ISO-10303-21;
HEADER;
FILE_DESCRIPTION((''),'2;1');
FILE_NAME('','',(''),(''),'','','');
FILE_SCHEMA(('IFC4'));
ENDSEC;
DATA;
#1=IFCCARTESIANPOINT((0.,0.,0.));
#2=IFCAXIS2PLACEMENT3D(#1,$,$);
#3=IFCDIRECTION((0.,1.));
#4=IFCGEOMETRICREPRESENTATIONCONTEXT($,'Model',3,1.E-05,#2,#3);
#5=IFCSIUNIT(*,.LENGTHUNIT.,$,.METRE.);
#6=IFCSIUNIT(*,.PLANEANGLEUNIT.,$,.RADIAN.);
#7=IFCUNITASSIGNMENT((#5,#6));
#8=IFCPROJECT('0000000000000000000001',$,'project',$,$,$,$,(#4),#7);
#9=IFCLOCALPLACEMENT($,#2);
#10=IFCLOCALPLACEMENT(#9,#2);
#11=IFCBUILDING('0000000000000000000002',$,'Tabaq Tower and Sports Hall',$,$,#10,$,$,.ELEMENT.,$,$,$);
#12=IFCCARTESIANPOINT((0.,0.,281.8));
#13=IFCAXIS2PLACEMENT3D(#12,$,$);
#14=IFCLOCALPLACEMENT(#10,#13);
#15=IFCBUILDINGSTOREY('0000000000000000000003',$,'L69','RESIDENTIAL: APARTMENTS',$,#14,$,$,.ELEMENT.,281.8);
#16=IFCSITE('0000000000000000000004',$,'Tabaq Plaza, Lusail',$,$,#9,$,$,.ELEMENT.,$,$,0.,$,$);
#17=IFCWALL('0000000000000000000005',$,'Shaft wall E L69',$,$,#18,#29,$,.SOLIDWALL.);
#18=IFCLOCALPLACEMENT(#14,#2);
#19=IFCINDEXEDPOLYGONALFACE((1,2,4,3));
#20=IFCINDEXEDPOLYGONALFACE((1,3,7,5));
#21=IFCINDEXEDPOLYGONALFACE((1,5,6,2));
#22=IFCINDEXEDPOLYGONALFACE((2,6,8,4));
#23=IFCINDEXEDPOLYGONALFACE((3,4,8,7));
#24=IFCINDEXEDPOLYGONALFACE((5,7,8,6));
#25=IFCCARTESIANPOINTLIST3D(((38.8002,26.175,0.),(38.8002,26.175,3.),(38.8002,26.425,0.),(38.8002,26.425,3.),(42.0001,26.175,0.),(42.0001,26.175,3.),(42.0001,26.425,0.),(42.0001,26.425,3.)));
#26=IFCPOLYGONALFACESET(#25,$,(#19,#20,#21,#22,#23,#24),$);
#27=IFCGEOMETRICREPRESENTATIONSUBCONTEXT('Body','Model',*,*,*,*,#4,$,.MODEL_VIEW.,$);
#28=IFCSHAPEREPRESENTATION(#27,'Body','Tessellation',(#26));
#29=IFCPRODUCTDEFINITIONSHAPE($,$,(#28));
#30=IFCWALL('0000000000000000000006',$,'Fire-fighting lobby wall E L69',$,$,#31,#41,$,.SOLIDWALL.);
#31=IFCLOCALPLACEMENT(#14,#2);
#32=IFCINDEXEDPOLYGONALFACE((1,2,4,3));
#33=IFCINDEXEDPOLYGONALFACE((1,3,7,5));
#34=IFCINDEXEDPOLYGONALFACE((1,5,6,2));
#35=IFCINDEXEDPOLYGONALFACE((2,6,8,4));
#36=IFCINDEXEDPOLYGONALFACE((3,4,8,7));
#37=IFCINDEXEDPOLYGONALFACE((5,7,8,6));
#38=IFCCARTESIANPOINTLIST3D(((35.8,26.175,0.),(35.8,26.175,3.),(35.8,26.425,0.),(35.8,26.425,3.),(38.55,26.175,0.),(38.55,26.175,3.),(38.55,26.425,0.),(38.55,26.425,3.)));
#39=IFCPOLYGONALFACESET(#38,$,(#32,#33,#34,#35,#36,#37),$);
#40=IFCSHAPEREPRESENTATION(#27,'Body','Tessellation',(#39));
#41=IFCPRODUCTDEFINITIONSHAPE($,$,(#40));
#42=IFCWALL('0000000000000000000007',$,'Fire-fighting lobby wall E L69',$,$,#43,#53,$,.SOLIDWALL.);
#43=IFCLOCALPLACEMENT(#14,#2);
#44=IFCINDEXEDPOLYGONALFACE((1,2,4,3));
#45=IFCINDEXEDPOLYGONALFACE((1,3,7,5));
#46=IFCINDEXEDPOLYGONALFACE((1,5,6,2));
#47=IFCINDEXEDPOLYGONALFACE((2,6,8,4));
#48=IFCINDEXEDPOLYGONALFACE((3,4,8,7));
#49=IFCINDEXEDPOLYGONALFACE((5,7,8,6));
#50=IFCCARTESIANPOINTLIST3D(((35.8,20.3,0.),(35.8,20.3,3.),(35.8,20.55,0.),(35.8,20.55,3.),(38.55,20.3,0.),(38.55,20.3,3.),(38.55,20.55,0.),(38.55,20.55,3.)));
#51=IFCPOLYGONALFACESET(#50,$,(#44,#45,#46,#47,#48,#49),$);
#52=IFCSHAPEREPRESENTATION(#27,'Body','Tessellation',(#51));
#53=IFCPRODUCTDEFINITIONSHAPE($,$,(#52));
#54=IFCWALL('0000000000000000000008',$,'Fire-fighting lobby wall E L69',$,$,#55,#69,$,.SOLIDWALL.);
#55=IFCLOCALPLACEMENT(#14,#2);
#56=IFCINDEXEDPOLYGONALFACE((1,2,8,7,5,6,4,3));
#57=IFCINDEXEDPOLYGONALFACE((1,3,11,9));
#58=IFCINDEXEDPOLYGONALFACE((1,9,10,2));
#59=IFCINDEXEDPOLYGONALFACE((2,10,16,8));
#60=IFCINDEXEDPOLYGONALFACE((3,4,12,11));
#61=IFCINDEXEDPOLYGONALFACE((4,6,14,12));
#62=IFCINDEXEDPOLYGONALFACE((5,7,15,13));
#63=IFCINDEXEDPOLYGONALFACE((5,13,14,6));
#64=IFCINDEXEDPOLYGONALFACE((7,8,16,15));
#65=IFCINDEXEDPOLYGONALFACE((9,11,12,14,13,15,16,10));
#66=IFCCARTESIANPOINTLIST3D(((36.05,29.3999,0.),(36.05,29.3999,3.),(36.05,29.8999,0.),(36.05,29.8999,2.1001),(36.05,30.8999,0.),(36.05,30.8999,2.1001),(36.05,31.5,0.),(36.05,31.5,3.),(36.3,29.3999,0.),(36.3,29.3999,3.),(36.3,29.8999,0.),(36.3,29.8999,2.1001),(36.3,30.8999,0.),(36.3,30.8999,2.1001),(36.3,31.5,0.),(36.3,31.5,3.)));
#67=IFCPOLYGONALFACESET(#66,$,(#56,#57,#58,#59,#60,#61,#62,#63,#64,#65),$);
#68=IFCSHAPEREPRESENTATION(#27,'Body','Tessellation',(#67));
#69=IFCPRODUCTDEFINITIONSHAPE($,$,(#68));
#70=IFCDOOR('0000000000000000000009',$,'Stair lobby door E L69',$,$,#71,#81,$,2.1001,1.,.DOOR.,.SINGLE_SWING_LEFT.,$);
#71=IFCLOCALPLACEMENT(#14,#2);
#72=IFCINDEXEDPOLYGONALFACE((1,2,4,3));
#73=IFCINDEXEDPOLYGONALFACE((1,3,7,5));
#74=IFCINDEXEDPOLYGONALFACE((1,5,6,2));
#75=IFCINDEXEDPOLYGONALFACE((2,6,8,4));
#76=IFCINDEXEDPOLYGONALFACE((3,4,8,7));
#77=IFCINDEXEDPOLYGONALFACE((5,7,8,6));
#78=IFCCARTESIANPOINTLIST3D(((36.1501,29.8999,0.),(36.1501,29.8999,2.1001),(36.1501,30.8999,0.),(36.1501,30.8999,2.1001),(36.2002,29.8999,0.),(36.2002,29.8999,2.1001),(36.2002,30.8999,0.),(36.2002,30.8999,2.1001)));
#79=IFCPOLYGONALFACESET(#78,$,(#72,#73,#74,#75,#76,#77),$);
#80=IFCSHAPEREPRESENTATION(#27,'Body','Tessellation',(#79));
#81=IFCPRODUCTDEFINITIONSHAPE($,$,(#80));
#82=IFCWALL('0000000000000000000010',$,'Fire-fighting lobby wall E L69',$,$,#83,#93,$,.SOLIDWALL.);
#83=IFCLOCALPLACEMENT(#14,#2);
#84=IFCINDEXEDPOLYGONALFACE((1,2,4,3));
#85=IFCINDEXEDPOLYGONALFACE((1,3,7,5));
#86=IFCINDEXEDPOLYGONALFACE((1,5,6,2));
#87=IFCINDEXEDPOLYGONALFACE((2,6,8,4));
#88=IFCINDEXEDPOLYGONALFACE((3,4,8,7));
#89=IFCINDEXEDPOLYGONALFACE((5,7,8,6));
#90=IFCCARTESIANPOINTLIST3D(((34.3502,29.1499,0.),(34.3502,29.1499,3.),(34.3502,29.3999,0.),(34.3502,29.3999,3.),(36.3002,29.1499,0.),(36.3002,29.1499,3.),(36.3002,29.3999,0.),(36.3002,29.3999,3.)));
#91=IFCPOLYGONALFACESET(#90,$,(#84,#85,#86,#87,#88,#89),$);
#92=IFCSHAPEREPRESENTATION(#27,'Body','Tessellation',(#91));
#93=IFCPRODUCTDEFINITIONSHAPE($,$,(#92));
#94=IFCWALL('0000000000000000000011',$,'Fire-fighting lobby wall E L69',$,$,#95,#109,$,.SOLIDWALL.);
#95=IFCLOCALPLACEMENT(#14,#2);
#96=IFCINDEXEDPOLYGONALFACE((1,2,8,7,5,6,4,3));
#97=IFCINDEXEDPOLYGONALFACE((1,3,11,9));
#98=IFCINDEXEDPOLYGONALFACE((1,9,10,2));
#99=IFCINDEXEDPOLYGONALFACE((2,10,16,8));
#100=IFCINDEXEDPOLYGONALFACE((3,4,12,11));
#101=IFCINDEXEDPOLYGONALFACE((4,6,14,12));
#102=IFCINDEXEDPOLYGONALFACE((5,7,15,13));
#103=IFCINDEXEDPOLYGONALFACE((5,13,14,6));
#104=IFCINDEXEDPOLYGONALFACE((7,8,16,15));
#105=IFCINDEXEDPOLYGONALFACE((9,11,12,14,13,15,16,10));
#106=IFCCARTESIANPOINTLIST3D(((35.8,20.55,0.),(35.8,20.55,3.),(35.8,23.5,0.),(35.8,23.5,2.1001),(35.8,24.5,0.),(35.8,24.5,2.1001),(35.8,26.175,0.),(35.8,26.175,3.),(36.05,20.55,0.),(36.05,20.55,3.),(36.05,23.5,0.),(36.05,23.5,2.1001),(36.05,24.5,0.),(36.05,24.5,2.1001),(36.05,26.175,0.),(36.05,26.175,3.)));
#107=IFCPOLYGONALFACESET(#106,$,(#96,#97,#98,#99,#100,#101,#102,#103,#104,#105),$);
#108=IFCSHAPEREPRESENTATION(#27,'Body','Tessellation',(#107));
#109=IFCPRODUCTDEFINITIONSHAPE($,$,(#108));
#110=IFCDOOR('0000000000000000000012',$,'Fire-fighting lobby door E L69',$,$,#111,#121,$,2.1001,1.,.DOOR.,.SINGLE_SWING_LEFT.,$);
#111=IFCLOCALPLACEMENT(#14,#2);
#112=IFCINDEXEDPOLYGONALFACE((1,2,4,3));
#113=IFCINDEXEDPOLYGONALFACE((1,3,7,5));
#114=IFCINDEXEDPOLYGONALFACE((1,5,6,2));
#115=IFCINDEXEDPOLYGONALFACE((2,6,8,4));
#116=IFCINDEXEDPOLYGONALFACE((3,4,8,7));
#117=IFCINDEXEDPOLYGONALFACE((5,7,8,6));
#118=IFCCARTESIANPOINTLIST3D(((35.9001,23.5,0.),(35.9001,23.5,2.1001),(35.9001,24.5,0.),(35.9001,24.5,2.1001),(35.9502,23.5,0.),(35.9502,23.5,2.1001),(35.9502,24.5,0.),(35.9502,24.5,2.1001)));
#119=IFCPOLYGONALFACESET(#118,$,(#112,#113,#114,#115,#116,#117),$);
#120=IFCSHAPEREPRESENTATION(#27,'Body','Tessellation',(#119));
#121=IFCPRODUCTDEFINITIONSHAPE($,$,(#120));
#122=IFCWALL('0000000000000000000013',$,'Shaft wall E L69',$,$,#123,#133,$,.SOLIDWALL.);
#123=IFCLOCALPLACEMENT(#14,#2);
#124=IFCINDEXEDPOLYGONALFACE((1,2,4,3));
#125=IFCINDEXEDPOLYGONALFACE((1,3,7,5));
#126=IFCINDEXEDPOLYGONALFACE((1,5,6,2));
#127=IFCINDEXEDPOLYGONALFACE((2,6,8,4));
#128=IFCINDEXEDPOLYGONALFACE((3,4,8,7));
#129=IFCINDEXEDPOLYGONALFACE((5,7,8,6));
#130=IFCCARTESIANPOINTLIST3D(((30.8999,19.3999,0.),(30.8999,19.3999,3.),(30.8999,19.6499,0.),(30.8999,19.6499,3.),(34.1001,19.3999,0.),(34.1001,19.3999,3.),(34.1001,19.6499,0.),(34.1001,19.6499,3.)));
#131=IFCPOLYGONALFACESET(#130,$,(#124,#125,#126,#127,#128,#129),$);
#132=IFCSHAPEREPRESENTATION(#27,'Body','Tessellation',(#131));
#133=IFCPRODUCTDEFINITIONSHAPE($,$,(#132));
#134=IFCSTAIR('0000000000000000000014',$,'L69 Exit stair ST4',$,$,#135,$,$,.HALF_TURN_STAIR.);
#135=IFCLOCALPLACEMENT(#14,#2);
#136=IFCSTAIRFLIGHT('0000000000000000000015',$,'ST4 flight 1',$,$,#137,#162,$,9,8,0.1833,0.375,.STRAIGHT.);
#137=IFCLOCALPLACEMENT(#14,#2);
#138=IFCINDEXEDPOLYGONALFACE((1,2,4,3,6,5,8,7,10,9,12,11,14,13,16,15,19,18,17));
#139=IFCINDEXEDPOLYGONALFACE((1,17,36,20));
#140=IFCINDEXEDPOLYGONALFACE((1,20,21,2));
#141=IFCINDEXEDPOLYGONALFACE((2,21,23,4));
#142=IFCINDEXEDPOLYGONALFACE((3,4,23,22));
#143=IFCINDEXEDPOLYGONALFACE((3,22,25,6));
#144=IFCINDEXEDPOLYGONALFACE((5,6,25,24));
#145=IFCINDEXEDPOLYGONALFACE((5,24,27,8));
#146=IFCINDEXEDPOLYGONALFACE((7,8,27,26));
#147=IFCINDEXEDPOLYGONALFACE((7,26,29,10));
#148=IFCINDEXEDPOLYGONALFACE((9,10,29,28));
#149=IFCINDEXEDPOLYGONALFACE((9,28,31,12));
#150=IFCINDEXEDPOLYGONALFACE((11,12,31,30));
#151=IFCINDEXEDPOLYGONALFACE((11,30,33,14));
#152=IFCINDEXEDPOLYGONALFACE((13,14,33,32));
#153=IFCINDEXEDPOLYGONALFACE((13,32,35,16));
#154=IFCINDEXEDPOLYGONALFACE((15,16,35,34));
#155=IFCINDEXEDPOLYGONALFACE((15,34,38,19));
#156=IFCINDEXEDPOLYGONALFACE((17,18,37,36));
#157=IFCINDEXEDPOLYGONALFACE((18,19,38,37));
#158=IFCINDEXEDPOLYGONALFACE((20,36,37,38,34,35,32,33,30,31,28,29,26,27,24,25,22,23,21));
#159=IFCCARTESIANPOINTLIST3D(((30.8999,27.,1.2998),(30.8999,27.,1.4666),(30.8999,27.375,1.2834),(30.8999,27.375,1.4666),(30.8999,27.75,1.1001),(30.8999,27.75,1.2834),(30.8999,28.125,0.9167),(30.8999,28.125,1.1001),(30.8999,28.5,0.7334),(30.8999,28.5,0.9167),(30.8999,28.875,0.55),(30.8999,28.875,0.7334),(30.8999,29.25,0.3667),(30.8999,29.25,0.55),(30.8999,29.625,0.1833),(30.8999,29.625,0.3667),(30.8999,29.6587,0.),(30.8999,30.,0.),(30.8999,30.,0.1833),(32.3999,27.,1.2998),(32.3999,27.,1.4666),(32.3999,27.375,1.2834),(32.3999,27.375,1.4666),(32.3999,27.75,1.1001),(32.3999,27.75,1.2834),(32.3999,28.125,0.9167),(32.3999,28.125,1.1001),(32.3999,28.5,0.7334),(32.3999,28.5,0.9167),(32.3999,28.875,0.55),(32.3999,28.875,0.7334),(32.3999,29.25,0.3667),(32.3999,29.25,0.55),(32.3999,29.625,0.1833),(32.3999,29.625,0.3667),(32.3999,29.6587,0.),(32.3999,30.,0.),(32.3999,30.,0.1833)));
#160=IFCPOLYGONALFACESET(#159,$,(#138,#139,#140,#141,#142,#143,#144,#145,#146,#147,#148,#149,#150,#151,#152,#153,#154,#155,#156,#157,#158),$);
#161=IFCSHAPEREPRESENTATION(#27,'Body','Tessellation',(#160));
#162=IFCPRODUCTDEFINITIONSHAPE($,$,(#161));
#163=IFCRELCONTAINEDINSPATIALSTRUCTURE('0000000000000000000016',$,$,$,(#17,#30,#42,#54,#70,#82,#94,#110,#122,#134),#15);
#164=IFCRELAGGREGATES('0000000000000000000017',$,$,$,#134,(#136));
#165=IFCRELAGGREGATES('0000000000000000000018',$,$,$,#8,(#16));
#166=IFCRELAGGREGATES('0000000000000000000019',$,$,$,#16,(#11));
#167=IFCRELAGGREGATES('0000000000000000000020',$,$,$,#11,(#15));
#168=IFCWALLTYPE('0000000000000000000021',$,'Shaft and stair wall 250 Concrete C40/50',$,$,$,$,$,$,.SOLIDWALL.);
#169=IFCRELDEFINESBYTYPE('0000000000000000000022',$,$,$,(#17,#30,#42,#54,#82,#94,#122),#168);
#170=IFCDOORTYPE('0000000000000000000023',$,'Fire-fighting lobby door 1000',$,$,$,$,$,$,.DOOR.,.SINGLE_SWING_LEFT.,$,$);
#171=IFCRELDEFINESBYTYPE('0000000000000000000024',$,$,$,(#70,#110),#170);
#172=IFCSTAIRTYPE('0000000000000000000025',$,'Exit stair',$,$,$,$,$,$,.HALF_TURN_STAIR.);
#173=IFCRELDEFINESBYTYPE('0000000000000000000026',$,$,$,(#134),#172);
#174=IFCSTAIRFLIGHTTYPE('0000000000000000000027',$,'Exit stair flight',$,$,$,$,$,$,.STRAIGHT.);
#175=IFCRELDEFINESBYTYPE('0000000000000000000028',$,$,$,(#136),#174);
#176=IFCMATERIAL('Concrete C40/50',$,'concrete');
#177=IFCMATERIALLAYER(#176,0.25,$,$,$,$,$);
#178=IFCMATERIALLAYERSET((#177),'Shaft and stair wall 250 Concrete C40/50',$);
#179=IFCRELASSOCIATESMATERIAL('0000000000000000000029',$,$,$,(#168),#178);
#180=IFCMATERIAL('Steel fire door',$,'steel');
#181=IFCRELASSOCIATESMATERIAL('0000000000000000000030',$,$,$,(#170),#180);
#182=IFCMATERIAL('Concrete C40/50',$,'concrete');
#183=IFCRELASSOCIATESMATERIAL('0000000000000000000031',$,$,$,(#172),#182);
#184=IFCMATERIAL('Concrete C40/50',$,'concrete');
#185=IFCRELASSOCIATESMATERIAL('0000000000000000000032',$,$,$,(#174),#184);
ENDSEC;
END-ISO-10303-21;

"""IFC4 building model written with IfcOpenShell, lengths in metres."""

from ifc_helpers import new_model, si_unit, direction, frame, frame_2d, origin, place, context, subcontext, project, spatial, polyline, rectangle, outline, extrude, material, layer, layer_set, type_object, element, fill, aggregate, save


model = new_model("IFC4")

# Units and contexts
model_context = context("Model", 3, precision=1e-05, world=origin(), true_north=direction((0.0, 1.0)))
body_context = subcontext(model_context, "Body", "Model", "MODEL_VIEW")
ifc_project = project(units=[si_unit("LENGTHUNIT", "METRE"), si_unit("PLANEANGLEUNIT", "RADIAN")], contexts=[model_context])

# Site, building, storey
site_placement = place(None, origin())
site = spatial("IfcSite", under=ifc_project, at=site_placement, Name="Tabaq Plaza, Lusail", CompositionType="ELEMENT", RefElevation=0.0)
building_placement = place(site_placement, origin())
building = spatial("IfcBuilding", under=site, at=building_placement, Name="Tabaq Tower and Sports Hall", CompositionType="ELEMENT")
storey_placement = place(building_placement, frame((0.0, 0.0, 281.8)))
storey = spatial("IfcBuildingStorey", under=building, at=storey_placement, Name="L69", Description="RESIDENTIAL: APARTMENTS", CompositionType="ELEMENT", Elevation=281.8)

# Shared definitions
ifc_material_1 = material(Name="Concrete C40/50", Category="concrete")
ifc_layer_1 = layer(ifc_material_1, 0.25)
ifc_layer_set_1 = layer_set([ifc_layer_1], Name="Shaft and stair wall 250 Concrete C40/50")
wall_type_1 = type_object("IfcWallType", Name="Shaft and stair wall 250 Concrete C40/50", PredefinedType="SOLIDWALL", material=ifc_layer_set_1)

# Walls
wall_1_placement = place(storey_placement, frame((38.8, 26.3, 0.0), z_axis=(0.0, 0.0, 1.0), x_axis=(1.0, 0.0, 0.0)))
element("IfcWall", 1, at=wall_1_placement, inside=storey, type_object=wall_type_1, Name="Shaft wall E L69", PredefinedType="SOLIDWALL", context=body_context, shape_type="SweptSolid", body=[
    extrude(rectangle(XDim=3.2, YDim=0.25, at=frame_2d((1.6001, 0.0))), origin(), (0.0, 0.0, 1.0), 3.0),
])
for number, where, z_axis, x_axis, name in (
    (2, (35.8, 26.3, 0.0), (0.0, 0.0, 1.0), (1.0, 0.0, 0.0), "Fire-fighting lobby wall E L69"),
    (3, (35.8, 20.425, 0.0), (0.0, 0.0, 1.0), (1.0, 0.0, 0.0), "Fire-fighting lobby wall E L69"),
):
    element("IfcWall", number, at=place(storey_placement, frame(where, z_axis=z_axis, x_axis=x_axis)), inside=storey, type_object=wall_type_1, Name=name, PredefinedType="SOLIDWALL", context=body_context, shape_type="SweptSolid", body=[
        extrude(rectangle(XDim=2.75, YDim=0.25, at=frame_2d((1.375, 0.0))), origin(), (0.0, 0.0, 1.0), 3.0),
    ])

# Wall, opening, door
wall_2_placement = place(storey_placement, frame((36.175, 29.3999, 0.0), z_axis=(0.0, 0.0, 1.0), x_axis=(0.0, 1.0, 0.0)))
wall_2 = element("IfcWall", 4, at=wall_2_placement, inside=storey, type_object=wall_type_1, Name="Fire-fighting lobby wall E L69", PredefinedType="SOLIDWALL", context=body_context, shape_type="SweptSolid", body=[
    extrude(rectangle(XDim=2.1001, YDim=0.25, at=frame_2d((1.05, 0.0))), origin(), (0.0, 0.0, 1.0), 3.0),
])
opening_1_placement = place(wall_2_placement, frame((0.5, 0.0, 0.0)))
opening_1 = element("IfcOpeningElement", 5, at=opening_1_placement, cuts=wall_2, PredefinedType="OPENING", context=body_context, shape_type="SweptSolid", body=[
    extrude(rectangle(XDim=1.0, YDim=2.1001, at=frame_2d((0.5, 1.05))), frame((0.0, 0.125, 0.0), z_axis=(0.0, -1.0, 0.0), x_axis=(1.0, 0.0, 0.0)), (0.0, 0.0, 1.0), 0.25),
])
ifc_material_2 = material(Name="Steel fire door", Category="steel")
door_type_1 = type_object("IfcDoorType", Name="Fire-fighting lobby door 1000", OperationType="SINGLE_SWING_LEFT", PredefinedType="DOOR", material=ifc_material_2)
door_1_placement = place(opening_1_placement, origin())
door_1 = element("IfcDoor", 6, at=door_1_placement, inside=storey, type_object=door_type_1, Name="Stair lobby door E L69", OperationType="SINGLE_SWING_LEFT", OverallHeight=2.1001, OverallWidth=1.0, PredefinedType="DOOR", context=body_context, shape_type="SweptSolid", body=[
    extrude(rectangle(XDim=1.0, YDim=2.1001, at=frame_2d((0.5, 1.05))), frame((0.0, 0.0249, 0.0), z_axis=(0.0, -1.0, 0.0), x_axis=(1.0, 0.0, 0.0)), (0.0, 0.0, 1.0), 0.05),
])
fill(opening_1, door_1)

# Wall
wall_3_placement = place(storey_placement, frame((34.3501, 29.2749, 0.0), z_axis=(0.0, 0.0, 1.0), x_axis=(1.0, 0.0, 0.0)))
element("IfcWall", 7, at=wall_3_placement, inside=storey, type_object=wall_type_1, Name="Fire-fighting lobby wall E L69", PredefinedType="SOLIDWALL", context=body_context, shape_type="SweptSolid", body=[
    extrude(rectangle(XDim=1.95, YDim=0.25, at=frame_2d((0.9751, 0.0))), origin(), (0.0, 0.0, 1.0), 3.0),
])

# Wall, opening, door
wall_4_placement = place(storey_placement, frame((35.925, 20.55, 0.0), z_axis=(0.0, 0.0, 1.0), x_axis=(0.0, 1.0, 0.0)))
wall_4 = element("IfcWall", 8, at=wall_4_placement, inside=storey, type_object=wall_type_1, Name="Fire-fighting lobby wall E L69", PredefinedType="SOLIDWALL", context=body_context, shape_type="SweptSolid", body=[
    extrude(rectangle(XDim=5.625, YDim=0.25, at=frame_2d((2.8125, 0.0))), origin(), (0.0, 0.0, 1.0), 3.0),
])
opening_2_placement = place(wall_4_placement, frame((2.95, 0.0, 0.0)))
opening_2 = element("IfcOpeningElement", 9, at=opening_2_placement, cuts=wall_4, PredefinedType="OPENING", context=body_context, shape_type="SweptSolid", body=[
    extrude(rectangle(XDim=1.0, YDim=2.1001, at=frame_2d((0.5, 1.05))), frame((0.0, 0.125, 0.0), z_axis=(0.0, -1.0, 0.0), x_axis=(1.0, 0.0, 0.0)), (0.0, 0.0, 1.0), 0.25),
])
door_2_placement = place(opening_2_placement, origin())
door_2 = element("IfcDoor", 10, at=door_2_placement, inside=storey, type_object=door_type_1, Name="Fire-fighting lobby door E L69", OperationType="SINGLE_SWING_LEFT", OverallHeight=2.1001, OverallWidth=1.0, PredefinedType="DOOR", context=body_context, shape_type="SweptSolid", body=[
    extrude(rectangle(XDim=1.0, YDim=2.1001, at=frame_2d((0.5, 1.05))), frame((0.0, 0.0249, 0.0), z_axis=(0.0, -1.0, 0.0), x_axis=(1.0, 0.0, 0.0)), (0.0, 0.0, 1.0), 0.05),
])
fill(opening_2, door_2)

# Wall
wall_5_placement = place(storey_placement, frame((30.8999, 19.5249, 0.0), z_axis=(0.0, 0.0, 1.0), x_axis=(1.0, 0.0, 0.0)))
element("IfcWall", 11, at=wall_5_placement, inside=storey, type_object=wall_type_1, Name="Shaft wall E L69", PredefinedType="SOLIDWALL", context=body_context, shape_type="SweptSolid", body=[
    extrude(rectangle(XDim=3.2002, YDim=0.25, at=frame_2d((1.6001, 0.0))), origin(), (0.0, 0.0, 1.0), 3.0),
])

# Stair, stair flight
ifc_material_3 = material(Name="Concrete C40/50", Category="concrete")
stair_type = type_object("IfcStairType", Name="Exit stair", PredefinedType="HALF_TURN_STAIR", material=ifc_material_3)
stair_placement = place(storey_placement, origin())
stair = element("IfcStair", 12, at=stair_placement, inside=storey, type_object=stair_type, Name="L69 Exit stair ST4", PredefinedType="HALF_TURN_STAIR")
ifc_material_4 = material(Name="Concrete C40/50", Category="concrete")
stair_flight_type = type_object("IfcStairFlightType", Name="Exit stair flight", PredefinedType="STRAIGHT", material=ifc_material_4)
stair_flight_1_placement = place(storey_placement, frame((31.6499, 30.0, 0.0), z_axis=(0.0, 0.0, 1.0), x_axis=(0.0, -1.0, 0.0)))
stair_flight_1 = element("IfcStairFlight", 13, at=stair_flight_1_placement, type_object=stair_flight_type, Name="ST4 flight 1", NumberOfRisers=9, NumberOfTreads=8, PredefinedType="STRAIGHT", RiserHeight=0.1833, TreadLength=0.375, context=body_context, shape_type="SweptSolid", body=[
    extrude(outline(polyline([(0.0, 0.0), (0.0, 0.1833), (0.375, 0.1833), (0.375, 0.3667), (0.75, 0.3667), (0.75, 0.55), (1.125, 0.55), (1.125, 0.7334), (1.5, 0.7334), (1.5, 0.9167), (1.875, 0.9167), (1.875, 1.1001), (2.25, 1.1001), (2.25, 1.2834), (2.625, 1.2834), (2.625, 1.4666), (3.0, 1.4666), (3.0, 1.6499), (3.0, 1.2998), (0.3413, 0.0), (0.0, 0.0)])), frame((0.0, 0.75, 0.0), z_axis=(0.0, -1.0, 0.0), x_axis=(1.0, 0.0, 0.0)), (0.0, 0.0, 1.0), 1.5),
])
aggregate(stair, [stair_flight_1])

save(model, "model.ifc")
